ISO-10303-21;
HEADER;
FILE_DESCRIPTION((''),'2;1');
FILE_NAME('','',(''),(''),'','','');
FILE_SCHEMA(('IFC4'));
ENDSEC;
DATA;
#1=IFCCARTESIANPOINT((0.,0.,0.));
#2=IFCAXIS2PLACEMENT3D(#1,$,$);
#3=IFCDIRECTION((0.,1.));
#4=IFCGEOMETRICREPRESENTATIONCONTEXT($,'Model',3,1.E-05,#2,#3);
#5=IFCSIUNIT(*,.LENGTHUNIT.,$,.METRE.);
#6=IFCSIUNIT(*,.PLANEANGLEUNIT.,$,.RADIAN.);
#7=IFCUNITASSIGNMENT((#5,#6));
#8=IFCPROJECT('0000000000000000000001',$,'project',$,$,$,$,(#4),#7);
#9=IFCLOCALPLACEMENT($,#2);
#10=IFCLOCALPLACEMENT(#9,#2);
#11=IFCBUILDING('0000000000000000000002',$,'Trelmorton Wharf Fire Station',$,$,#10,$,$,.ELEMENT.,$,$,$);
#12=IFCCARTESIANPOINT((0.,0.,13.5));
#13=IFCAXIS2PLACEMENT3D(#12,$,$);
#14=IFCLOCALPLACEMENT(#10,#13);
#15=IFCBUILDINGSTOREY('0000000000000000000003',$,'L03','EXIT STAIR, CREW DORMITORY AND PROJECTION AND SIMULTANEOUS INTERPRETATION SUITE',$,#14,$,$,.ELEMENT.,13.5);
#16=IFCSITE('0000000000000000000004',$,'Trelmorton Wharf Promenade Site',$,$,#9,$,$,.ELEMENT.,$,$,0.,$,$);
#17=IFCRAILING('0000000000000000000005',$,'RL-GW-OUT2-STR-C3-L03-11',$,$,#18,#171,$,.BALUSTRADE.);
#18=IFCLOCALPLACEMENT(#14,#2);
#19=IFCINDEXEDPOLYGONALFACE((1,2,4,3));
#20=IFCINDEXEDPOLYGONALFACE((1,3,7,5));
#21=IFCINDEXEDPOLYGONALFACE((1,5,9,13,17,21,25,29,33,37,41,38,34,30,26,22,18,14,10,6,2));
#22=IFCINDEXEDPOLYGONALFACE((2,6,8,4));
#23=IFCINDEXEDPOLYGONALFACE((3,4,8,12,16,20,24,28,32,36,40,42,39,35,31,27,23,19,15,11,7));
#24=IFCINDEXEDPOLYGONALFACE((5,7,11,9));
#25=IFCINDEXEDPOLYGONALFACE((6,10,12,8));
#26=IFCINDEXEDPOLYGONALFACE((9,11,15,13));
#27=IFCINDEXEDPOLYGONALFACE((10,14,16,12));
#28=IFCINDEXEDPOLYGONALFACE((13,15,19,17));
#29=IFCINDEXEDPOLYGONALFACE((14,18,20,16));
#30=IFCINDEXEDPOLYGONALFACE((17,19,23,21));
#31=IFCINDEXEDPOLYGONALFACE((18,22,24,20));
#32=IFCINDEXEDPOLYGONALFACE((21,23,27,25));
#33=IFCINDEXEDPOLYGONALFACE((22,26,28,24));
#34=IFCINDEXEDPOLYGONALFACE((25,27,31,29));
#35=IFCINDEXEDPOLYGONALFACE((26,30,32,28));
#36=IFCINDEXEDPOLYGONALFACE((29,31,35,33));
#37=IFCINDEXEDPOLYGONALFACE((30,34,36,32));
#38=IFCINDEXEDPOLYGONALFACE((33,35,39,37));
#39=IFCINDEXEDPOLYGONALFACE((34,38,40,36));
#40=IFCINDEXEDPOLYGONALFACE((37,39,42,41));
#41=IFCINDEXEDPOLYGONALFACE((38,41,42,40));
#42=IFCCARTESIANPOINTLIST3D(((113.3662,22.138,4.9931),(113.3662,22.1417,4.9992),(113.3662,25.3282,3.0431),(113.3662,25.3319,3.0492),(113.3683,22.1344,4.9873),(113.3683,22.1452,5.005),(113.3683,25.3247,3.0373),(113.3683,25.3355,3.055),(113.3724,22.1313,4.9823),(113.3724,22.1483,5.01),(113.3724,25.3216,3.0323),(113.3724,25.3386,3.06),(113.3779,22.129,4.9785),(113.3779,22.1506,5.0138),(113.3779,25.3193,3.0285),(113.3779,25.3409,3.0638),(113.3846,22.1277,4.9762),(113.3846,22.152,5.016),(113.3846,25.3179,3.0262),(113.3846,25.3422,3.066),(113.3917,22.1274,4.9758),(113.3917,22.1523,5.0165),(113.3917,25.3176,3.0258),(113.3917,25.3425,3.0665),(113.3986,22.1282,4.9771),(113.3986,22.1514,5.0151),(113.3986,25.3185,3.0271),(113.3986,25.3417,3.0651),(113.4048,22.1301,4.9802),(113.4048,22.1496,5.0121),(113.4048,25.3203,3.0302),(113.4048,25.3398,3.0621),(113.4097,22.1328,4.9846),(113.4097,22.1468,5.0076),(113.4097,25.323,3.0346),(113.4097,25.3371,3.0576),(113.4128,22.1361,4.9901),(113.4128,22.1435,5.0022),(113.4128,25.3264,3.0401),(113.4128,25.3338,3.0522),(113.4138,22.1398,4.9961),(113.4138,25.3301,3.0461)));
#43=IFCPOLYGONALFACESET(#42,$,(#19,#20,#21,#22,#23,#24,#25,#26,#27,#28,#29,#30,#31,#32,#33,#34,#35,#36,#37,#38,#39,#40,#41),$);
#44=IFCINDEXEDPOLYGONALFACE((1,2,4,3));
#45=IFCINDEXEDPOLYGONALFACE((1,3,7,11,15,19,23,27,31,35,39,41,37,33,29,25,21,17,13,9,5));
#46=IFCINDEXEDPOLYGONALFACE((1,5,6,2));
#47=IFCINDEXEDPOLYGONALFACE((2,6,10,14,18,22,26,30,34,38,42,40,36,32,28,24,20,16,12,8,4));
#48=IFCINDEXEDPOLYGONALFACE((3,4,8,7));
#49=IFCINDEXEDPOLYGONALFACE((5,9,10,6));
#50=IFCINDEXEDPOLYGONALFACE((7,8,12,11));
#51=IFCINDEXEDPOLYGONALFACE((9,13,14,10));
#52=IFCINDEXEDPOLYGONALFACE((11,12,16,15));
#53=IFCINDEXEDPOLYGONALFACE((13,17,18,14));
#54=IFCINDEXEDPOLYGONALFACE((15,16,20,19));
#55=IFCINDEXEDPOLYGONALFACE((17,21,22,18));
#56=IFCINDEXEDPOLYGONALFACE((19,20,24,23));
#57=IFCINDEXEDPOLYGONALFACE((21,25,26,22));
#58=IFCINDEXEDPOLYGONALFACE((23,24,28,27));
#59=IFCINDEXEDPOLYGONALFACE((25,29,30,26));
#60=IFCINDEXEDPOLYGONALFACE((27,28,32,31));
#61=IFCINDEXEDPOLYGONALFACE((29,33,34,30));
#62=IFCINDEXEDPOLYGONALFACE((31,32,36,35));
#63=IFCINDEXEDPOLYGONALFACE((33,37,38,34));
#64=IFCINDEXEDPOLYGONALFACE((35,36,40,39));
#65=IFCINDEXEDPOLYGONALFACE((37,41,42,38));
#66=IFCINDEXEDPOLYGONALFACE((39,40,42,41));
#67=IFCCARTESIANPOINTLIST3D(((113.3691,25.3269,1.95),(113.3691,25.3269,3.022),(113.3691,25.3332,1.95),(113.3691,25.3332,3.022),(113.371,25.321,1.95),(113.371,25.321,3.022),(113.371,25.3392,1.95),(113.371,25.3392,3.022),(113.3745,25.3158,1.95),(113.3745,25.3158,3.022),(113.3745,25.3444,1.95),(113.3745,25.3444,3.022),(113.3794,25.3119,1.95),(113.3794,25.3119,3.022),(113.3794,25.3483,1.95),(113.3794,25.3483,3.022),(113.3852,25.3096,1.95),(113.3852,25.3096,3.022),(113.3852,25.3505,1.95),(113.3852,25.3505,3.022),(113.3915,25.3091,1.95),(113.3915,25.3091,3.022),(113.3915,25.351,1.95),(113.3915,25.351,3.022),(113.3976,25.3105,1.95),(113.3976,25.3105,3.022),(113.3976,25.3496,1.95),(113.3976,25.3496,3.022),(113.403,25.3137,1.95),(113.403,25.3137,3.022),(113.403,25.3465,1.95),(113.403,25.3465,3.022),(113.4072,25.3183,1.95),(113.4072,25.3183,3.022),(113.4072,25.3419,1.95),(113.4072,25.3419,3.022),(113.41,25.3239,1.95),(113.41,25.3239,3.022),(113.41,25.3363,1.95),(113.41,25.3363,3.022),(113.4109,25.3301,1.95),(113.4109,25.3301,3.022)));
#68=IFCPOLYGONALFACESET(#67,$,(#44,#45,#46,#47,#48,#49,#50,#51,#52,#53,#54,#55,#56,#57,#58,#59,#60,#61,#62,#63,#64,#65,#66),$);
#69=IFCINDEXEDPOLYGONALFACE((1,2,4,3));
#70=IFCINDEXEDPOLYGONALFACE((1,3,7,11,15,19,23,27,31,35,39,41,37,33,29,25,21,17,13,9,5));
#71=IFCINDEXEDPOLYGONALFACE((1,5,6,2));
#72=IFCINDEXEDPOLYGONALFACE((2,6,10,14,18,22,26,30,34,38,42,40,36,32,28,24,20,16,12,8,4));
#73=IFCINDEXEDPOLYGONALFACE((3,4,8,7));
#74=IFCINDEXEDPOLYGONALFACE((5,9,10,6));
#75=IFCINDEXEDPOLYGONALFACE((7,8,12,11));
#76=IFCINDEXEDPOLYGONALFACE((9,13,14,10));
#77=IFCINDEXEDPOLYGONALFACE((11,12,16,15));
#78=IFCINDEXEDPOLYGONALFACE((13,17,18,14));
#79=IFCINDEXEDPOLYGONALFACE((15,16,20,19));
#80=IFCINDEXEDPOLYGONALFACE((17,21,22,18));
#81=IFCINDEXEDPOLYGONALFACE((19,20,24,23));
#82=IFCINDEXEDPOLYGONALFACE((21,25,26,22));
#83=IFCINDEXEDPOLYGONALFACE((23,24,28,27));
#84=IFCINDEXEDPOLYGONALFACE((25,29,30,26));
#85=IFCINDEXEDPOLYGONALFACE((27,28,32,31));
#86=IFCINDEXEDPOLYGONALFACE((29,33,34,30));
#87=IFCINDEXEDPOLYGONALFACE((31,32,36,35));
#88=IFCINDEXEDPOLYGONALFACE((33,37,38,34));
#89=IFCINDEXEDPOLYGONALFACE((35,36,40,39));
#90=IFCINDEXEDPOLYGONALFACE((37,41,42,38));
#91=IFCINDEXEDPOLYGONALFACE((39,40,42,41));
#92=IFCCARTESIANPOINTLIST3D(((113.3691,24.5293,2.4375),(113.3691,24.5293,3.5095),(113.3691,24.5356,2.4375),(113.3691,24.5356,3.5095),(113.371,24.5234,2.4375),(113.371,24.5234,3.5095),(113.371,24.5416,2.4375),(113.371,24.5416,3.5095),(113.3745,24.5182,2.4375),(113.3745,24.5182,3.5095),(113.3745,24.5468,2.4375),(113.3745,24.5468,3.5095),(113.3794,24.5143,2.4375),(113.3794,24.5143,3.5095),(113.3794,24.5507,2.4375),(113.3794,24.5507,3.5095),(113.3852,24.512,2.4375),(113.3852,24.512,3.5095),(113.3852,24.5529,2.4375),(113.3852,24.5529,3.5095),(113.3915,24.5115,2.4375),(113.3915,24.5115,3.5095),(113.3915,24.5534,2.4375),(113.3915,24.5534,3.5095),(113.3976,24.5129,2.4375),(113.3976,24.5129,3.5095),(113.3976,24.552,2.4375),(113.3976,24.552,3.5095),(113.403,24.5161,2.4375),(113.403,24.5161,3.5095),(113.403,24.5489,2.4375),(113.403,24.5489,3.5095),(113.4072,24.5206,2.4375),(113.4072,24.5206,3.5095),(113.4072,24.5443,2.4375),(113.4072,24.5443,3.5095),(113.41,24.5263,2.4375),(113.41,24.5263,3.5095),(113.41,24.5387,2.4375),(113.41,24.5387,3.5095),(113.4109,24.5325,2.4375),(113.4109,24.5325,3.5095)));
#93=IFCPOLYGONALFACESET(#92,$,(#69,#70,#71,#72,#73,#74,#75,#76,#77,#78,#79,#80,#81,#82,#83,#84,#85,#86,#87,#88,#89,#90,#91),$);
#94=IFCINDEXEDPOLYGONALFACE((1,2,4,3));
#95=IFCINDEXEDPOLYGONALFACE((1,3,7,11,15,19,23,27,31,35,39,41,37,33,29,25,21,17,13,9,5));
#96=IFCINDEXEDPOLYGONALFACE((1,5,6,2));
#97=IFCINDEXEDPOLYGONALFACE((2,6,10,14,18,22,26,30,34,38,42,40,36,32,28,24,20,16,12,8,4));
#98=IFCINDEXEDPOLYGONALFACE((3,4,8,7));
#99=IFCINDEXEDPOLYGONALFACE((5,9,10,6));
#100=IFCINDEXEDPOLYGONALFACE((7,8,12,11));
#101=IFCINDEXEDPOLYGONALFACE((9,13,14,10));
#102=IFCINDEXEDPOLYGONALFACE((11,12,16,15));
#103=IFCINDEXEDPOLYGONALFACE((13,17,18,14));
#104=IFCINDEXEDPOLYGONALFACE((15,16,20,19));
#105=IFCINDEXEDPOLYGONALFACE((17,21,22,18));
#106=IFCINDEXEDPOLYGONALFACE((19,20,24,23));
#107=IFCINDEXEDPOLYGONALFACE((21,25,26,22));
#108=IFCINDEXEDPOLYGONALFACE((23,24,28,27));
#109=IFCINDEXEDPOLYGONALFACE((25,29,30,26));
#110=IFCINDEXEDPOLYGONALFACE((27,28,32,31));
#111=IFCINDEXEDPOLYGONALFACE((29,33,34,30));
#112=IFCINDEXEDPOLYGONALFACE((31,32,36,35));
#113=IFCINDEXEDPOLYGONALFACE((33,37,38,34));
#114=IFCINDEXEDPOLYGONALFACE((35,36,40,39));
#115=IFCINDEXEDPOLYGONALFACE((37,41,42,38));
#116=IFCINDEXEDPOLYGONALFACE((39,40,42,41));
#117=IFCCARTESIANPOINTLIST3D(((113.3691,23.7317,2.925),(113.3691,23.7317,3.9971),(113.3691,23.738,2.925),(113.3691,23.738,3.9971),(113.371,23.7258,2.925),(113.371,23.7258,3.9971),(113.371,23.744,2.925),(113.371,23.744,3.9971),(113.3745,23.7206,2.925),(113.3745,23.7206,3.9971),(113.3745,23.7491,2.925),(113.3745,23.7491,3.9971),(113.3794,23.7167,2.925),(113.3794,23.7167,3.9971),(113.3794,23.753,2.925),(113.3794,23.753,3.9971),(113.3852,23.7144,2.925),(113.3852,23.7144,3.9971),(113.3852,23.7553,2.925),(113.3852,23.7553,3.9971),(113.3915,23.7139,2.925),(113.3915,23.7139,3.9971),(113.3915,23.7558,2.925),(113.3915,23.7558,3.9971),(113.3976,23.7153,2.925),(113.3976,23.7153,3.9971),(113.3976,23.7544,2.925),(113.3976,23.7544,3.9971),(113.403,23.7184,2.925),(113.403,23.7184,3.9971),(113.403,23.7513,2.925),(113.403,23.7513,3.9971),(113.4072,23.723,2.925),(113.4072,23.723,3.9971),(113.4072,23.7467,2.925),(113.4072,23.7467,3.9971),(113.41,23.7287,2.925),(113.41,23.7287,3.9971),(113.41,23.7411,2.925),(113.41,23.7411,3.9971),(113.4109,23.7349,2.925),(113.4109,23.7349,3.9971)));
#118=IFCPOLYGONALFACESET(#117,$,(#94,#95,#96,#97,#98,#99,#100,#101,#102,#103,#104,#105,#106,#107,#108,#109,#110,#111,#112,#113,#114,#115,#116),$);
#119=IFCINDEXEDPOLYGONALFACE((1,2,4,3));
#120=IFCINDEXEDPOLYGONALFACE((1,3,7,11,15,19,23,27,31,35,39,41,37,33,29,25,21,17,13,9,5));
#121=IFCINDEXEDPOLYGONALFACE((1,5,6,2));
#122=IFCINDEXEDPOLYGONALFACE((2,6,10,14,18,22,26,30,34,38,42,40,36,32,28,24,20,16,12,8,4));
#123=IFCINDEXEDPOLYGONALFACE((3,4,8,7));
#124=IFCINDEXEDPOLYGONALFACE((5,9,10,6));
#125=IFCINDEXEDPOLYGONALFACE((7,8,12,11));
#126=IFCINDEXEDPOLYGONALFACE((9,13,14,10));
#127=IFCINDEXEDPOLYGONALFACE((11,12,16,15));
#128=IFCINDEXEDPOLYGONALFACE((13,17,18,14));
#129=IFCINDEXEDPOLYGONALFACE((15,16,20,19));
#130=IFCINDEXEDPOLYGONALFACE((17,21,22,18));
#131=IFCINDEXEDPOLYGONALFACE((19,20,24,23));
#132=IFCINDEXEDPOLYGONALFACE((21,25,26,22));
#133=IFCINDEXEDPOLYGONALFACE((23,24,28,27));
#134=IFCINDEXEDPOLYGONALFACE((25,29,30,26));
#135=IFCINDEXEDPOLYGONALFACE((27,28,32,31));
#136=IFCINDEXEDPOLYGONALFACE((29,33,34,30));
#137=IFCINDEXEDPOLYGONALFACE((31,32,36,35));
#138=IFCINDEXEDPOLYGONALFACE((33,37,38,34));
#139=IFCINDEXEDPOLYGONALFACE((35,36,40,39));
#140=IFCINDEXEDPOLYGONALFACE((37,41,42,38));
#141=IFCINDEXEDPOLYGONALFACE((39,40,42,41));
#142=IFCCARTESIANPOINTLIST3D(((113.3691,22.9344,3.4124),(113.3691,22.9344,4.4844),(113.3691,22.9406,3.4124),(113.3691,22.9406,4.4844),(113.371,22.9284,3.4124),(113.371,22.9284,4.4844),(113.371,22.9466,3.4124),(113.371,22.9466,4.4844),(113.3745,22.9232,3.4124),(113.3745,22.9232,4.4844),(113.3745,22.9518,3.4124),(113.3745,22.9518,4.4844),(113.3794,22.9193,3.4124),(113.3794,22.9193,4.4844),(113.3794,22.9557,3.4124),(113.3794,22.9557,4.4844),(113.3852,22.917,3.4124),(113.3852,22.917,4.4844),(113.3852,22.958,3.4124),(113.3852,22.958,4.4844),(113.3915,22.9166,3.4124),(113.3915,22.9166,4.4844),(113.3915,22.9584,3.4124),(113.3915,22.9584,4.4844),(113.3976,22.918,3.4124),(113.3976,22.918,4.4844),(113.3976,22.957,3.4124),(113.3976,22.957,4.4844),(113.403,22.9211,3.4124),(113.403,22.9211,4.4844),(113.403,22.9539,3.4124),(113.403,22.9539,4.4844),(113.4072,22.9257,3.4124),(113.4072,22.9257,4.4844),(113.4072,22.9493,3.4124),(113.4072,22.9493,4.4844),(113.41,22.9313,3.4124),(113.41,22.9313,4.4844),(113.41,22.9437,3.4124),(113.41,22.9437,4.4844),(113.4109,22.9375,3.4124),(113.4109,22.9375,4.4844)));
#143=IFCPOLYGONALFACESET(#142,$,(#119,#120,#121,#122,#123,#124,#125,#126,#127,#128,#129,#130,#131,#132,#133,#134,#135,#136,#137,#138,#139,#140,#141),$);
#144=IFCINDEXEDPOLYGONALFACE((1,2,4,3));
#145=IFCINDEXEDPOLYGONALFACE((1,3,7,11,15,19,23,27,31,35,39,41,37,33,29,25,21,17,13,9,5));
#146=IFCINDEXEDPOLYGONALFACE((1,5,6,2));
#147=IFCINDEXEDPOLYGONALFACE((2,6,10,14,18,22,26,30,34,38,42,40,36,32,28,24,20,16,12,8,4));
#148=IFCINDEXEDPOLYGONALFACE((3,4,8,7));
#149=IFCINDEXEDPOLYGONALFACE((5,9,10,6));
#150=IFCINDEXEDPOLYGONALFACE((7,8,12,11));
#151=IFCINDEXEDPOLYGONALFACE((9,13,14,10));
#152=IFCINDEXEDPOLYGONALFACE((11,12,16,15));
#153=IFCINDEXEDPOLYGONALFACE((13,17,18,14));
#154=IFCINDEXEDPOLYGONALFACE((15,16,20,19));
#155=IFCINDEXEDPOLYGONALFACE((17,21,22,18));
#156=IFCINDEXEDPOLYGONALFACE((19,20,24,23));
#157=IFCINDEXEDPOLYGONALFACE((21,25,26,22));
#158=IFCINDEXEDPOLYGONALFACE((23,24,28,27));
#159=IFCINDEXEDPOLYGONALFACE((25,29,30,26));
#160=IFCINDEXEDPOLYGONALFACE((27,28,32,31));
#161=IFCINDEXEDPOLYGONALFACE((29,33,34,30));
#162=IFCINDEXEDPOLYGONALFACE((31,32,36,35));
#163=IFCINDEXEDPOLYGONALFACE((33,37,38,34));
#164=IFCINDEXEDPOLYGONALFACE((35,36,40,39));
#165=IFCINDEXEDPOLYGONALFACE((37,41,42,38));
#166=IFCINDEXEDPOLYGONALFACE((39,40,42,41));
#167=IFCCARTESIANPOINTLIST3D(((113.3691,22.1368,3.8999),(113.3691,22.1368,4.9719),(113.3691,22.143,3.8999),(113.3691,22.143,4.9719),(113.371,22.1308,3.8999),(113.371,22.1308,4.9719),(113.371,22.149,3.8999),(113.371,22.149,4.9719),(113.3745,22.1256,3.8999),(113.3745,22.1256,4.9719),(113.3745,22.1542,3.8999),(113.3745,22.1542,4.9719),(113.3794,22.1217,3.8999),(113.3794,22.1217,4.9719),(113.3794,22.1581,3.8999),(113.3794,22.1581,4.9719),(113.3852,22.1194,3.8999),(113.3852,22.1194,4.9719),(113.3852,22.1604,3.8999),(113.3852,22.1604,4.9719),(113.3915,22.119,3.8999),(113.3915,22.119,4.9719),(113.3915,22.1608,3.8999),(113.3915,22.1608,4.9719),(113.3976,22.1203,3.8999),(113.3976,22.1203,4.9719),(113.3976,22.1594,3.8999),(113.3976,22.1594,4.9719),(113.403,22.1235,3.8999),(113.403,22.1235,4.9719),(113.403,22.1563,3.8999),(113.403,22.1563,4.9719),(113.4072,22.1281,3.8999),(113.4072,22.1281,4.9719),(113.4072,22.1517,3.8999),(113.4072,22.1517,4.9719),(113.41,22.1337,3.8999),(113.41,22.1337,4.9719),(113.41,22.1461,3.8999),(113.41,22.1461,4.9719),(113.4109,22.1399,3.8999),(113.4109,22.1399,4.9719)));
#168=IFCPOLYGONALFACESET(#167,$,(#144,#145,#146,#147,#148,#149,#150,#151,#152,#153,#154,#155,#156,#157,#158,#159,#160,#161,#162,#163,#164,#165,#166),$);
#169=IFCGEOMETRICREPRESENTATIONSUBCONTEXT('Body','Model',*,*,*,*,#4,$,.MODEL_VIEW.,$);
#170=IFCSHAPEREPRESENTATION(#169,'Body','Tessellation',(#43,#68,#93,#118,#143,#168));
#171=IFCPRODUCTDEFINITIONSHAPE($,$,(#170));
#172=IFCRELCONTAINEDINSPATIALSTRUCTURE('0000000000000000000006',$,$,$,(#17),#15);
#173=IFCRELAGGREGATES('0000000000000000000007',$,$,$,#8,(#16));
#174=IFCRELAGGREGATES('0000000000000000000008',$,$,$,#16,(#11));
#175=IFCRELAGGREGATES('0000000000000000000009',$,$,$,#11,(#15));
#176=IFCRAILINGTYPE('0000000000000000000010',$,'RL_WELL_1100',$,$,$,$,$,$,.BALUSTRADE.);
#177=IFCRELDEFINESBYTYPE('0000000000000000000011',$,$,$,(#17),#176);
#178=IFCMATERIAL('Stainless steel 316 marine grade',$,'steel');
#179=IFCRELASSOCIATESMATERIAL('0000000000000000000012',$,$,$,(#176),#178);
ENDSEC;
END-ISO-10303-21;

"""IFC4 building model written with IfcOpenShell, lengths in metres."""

from ifc_helpers import new_model, si_unit, direction, frame, origin, origin_2d, place, context, subcontext, project, spatial, circle, extrude, material, type_object, element, save


model = new_model("IFC4")

# Units and contexts
model_context = context("Model", 3, precision=1e-05, world=origin(), true_north=direction((0.0, 1.0)))
body_context = subcontext(model_context, "Body", "Model", "MODEL_VIEW")
ifc_project = project(units=[si_unit("LENGTHUNIT", "METRE"), si_unit("PLANEANGLEUNIT", "RADIAN")], contexts=[model_context])

# Site, building, storey
site_placement = place(None, origin())
site = spatial("IfcSite", under=ifc_project, at=site_placement, Name="Trelmorton Wharf Promenade Site", CompositionType="ELEMENT", RefElevation=0.0)
building_placement = place(site_placement, origin())
building = spatial("IfcBuilding", under=site, at=building_placement, Name="Trelmorton Wharf Fire Station", CompositionType="ELEMENT")
storey_placement = place(building_placement, frame((0.0, 0.0, 13.5)))
storey = spatial("IfcBuildingStorey", under=building, at=storey_placement, Name="L03", Description="EXIT STAIR, CREW DORMITORY AND PROJECTION AND SIMULTANEOUS INTERPRETATION SUITE", CompositionType="ELEMENT", Elevation=13.5)

# Railing
ifc_material_1 = material(Name="Stainless steel 316 marine grade", Category="steel")
railing_type_1 = type_object("IfcRailingType", Name="RL_WELL_1100", PredefinedType="BALUSTRADE", material=ifc_material_1)
for number, where, name in (
    (1, (113.3899, 25.3301, 1.95), "RL-GW-OUT2-STR-C3-L03-11"),
):
    element("IfcRailing", number, at=place(storey_placement, frame(where)), inside=storey, type_object=railing_type_1, Name=name, PredefinedType="BALUSTRADE", context=body_context, shape_type="SweptSolid", body=[
        extrude(circle(Radius=0.0239, at=origin_2d()), frame((0.0, 0.0, 1.0962), z_axis=(0.0, -0.853235, 0.521527), x_axis=(1.0, 0.0, 0.0)), (0.0, 0.0, 1.0), 3.739),
        extrude(circle(Radius=0.021, at=origin_2d()), origin(), (0.0, 0.0, 1.0), 1.072),
        extrude(circle(Radius=0.021, at=origin_2d()), frame((0.0, -0.7976, 0.4875)), (0.0, 0.0, 1.0), 1.072),
        extrude(circle(Radius=0.021, at=origin_2d()), frame((0.0, -1.5952, 0.9751)), (0.0, 0.0, 1.0), 1.072),
        extrude(circle(Radius=0.021, at=origin_2d()), frame((0.0, -2.3926, 1.4624)), (0.0, 0.0, 1.0), 1.072),
        extrude(circle(Radius=0.021, at=origin_2d()), frame((0.0, -3.1902, 1.95)), (0.0, 0.0, 1.0), 1.072),
    ])

save(model, "model.ifc")
